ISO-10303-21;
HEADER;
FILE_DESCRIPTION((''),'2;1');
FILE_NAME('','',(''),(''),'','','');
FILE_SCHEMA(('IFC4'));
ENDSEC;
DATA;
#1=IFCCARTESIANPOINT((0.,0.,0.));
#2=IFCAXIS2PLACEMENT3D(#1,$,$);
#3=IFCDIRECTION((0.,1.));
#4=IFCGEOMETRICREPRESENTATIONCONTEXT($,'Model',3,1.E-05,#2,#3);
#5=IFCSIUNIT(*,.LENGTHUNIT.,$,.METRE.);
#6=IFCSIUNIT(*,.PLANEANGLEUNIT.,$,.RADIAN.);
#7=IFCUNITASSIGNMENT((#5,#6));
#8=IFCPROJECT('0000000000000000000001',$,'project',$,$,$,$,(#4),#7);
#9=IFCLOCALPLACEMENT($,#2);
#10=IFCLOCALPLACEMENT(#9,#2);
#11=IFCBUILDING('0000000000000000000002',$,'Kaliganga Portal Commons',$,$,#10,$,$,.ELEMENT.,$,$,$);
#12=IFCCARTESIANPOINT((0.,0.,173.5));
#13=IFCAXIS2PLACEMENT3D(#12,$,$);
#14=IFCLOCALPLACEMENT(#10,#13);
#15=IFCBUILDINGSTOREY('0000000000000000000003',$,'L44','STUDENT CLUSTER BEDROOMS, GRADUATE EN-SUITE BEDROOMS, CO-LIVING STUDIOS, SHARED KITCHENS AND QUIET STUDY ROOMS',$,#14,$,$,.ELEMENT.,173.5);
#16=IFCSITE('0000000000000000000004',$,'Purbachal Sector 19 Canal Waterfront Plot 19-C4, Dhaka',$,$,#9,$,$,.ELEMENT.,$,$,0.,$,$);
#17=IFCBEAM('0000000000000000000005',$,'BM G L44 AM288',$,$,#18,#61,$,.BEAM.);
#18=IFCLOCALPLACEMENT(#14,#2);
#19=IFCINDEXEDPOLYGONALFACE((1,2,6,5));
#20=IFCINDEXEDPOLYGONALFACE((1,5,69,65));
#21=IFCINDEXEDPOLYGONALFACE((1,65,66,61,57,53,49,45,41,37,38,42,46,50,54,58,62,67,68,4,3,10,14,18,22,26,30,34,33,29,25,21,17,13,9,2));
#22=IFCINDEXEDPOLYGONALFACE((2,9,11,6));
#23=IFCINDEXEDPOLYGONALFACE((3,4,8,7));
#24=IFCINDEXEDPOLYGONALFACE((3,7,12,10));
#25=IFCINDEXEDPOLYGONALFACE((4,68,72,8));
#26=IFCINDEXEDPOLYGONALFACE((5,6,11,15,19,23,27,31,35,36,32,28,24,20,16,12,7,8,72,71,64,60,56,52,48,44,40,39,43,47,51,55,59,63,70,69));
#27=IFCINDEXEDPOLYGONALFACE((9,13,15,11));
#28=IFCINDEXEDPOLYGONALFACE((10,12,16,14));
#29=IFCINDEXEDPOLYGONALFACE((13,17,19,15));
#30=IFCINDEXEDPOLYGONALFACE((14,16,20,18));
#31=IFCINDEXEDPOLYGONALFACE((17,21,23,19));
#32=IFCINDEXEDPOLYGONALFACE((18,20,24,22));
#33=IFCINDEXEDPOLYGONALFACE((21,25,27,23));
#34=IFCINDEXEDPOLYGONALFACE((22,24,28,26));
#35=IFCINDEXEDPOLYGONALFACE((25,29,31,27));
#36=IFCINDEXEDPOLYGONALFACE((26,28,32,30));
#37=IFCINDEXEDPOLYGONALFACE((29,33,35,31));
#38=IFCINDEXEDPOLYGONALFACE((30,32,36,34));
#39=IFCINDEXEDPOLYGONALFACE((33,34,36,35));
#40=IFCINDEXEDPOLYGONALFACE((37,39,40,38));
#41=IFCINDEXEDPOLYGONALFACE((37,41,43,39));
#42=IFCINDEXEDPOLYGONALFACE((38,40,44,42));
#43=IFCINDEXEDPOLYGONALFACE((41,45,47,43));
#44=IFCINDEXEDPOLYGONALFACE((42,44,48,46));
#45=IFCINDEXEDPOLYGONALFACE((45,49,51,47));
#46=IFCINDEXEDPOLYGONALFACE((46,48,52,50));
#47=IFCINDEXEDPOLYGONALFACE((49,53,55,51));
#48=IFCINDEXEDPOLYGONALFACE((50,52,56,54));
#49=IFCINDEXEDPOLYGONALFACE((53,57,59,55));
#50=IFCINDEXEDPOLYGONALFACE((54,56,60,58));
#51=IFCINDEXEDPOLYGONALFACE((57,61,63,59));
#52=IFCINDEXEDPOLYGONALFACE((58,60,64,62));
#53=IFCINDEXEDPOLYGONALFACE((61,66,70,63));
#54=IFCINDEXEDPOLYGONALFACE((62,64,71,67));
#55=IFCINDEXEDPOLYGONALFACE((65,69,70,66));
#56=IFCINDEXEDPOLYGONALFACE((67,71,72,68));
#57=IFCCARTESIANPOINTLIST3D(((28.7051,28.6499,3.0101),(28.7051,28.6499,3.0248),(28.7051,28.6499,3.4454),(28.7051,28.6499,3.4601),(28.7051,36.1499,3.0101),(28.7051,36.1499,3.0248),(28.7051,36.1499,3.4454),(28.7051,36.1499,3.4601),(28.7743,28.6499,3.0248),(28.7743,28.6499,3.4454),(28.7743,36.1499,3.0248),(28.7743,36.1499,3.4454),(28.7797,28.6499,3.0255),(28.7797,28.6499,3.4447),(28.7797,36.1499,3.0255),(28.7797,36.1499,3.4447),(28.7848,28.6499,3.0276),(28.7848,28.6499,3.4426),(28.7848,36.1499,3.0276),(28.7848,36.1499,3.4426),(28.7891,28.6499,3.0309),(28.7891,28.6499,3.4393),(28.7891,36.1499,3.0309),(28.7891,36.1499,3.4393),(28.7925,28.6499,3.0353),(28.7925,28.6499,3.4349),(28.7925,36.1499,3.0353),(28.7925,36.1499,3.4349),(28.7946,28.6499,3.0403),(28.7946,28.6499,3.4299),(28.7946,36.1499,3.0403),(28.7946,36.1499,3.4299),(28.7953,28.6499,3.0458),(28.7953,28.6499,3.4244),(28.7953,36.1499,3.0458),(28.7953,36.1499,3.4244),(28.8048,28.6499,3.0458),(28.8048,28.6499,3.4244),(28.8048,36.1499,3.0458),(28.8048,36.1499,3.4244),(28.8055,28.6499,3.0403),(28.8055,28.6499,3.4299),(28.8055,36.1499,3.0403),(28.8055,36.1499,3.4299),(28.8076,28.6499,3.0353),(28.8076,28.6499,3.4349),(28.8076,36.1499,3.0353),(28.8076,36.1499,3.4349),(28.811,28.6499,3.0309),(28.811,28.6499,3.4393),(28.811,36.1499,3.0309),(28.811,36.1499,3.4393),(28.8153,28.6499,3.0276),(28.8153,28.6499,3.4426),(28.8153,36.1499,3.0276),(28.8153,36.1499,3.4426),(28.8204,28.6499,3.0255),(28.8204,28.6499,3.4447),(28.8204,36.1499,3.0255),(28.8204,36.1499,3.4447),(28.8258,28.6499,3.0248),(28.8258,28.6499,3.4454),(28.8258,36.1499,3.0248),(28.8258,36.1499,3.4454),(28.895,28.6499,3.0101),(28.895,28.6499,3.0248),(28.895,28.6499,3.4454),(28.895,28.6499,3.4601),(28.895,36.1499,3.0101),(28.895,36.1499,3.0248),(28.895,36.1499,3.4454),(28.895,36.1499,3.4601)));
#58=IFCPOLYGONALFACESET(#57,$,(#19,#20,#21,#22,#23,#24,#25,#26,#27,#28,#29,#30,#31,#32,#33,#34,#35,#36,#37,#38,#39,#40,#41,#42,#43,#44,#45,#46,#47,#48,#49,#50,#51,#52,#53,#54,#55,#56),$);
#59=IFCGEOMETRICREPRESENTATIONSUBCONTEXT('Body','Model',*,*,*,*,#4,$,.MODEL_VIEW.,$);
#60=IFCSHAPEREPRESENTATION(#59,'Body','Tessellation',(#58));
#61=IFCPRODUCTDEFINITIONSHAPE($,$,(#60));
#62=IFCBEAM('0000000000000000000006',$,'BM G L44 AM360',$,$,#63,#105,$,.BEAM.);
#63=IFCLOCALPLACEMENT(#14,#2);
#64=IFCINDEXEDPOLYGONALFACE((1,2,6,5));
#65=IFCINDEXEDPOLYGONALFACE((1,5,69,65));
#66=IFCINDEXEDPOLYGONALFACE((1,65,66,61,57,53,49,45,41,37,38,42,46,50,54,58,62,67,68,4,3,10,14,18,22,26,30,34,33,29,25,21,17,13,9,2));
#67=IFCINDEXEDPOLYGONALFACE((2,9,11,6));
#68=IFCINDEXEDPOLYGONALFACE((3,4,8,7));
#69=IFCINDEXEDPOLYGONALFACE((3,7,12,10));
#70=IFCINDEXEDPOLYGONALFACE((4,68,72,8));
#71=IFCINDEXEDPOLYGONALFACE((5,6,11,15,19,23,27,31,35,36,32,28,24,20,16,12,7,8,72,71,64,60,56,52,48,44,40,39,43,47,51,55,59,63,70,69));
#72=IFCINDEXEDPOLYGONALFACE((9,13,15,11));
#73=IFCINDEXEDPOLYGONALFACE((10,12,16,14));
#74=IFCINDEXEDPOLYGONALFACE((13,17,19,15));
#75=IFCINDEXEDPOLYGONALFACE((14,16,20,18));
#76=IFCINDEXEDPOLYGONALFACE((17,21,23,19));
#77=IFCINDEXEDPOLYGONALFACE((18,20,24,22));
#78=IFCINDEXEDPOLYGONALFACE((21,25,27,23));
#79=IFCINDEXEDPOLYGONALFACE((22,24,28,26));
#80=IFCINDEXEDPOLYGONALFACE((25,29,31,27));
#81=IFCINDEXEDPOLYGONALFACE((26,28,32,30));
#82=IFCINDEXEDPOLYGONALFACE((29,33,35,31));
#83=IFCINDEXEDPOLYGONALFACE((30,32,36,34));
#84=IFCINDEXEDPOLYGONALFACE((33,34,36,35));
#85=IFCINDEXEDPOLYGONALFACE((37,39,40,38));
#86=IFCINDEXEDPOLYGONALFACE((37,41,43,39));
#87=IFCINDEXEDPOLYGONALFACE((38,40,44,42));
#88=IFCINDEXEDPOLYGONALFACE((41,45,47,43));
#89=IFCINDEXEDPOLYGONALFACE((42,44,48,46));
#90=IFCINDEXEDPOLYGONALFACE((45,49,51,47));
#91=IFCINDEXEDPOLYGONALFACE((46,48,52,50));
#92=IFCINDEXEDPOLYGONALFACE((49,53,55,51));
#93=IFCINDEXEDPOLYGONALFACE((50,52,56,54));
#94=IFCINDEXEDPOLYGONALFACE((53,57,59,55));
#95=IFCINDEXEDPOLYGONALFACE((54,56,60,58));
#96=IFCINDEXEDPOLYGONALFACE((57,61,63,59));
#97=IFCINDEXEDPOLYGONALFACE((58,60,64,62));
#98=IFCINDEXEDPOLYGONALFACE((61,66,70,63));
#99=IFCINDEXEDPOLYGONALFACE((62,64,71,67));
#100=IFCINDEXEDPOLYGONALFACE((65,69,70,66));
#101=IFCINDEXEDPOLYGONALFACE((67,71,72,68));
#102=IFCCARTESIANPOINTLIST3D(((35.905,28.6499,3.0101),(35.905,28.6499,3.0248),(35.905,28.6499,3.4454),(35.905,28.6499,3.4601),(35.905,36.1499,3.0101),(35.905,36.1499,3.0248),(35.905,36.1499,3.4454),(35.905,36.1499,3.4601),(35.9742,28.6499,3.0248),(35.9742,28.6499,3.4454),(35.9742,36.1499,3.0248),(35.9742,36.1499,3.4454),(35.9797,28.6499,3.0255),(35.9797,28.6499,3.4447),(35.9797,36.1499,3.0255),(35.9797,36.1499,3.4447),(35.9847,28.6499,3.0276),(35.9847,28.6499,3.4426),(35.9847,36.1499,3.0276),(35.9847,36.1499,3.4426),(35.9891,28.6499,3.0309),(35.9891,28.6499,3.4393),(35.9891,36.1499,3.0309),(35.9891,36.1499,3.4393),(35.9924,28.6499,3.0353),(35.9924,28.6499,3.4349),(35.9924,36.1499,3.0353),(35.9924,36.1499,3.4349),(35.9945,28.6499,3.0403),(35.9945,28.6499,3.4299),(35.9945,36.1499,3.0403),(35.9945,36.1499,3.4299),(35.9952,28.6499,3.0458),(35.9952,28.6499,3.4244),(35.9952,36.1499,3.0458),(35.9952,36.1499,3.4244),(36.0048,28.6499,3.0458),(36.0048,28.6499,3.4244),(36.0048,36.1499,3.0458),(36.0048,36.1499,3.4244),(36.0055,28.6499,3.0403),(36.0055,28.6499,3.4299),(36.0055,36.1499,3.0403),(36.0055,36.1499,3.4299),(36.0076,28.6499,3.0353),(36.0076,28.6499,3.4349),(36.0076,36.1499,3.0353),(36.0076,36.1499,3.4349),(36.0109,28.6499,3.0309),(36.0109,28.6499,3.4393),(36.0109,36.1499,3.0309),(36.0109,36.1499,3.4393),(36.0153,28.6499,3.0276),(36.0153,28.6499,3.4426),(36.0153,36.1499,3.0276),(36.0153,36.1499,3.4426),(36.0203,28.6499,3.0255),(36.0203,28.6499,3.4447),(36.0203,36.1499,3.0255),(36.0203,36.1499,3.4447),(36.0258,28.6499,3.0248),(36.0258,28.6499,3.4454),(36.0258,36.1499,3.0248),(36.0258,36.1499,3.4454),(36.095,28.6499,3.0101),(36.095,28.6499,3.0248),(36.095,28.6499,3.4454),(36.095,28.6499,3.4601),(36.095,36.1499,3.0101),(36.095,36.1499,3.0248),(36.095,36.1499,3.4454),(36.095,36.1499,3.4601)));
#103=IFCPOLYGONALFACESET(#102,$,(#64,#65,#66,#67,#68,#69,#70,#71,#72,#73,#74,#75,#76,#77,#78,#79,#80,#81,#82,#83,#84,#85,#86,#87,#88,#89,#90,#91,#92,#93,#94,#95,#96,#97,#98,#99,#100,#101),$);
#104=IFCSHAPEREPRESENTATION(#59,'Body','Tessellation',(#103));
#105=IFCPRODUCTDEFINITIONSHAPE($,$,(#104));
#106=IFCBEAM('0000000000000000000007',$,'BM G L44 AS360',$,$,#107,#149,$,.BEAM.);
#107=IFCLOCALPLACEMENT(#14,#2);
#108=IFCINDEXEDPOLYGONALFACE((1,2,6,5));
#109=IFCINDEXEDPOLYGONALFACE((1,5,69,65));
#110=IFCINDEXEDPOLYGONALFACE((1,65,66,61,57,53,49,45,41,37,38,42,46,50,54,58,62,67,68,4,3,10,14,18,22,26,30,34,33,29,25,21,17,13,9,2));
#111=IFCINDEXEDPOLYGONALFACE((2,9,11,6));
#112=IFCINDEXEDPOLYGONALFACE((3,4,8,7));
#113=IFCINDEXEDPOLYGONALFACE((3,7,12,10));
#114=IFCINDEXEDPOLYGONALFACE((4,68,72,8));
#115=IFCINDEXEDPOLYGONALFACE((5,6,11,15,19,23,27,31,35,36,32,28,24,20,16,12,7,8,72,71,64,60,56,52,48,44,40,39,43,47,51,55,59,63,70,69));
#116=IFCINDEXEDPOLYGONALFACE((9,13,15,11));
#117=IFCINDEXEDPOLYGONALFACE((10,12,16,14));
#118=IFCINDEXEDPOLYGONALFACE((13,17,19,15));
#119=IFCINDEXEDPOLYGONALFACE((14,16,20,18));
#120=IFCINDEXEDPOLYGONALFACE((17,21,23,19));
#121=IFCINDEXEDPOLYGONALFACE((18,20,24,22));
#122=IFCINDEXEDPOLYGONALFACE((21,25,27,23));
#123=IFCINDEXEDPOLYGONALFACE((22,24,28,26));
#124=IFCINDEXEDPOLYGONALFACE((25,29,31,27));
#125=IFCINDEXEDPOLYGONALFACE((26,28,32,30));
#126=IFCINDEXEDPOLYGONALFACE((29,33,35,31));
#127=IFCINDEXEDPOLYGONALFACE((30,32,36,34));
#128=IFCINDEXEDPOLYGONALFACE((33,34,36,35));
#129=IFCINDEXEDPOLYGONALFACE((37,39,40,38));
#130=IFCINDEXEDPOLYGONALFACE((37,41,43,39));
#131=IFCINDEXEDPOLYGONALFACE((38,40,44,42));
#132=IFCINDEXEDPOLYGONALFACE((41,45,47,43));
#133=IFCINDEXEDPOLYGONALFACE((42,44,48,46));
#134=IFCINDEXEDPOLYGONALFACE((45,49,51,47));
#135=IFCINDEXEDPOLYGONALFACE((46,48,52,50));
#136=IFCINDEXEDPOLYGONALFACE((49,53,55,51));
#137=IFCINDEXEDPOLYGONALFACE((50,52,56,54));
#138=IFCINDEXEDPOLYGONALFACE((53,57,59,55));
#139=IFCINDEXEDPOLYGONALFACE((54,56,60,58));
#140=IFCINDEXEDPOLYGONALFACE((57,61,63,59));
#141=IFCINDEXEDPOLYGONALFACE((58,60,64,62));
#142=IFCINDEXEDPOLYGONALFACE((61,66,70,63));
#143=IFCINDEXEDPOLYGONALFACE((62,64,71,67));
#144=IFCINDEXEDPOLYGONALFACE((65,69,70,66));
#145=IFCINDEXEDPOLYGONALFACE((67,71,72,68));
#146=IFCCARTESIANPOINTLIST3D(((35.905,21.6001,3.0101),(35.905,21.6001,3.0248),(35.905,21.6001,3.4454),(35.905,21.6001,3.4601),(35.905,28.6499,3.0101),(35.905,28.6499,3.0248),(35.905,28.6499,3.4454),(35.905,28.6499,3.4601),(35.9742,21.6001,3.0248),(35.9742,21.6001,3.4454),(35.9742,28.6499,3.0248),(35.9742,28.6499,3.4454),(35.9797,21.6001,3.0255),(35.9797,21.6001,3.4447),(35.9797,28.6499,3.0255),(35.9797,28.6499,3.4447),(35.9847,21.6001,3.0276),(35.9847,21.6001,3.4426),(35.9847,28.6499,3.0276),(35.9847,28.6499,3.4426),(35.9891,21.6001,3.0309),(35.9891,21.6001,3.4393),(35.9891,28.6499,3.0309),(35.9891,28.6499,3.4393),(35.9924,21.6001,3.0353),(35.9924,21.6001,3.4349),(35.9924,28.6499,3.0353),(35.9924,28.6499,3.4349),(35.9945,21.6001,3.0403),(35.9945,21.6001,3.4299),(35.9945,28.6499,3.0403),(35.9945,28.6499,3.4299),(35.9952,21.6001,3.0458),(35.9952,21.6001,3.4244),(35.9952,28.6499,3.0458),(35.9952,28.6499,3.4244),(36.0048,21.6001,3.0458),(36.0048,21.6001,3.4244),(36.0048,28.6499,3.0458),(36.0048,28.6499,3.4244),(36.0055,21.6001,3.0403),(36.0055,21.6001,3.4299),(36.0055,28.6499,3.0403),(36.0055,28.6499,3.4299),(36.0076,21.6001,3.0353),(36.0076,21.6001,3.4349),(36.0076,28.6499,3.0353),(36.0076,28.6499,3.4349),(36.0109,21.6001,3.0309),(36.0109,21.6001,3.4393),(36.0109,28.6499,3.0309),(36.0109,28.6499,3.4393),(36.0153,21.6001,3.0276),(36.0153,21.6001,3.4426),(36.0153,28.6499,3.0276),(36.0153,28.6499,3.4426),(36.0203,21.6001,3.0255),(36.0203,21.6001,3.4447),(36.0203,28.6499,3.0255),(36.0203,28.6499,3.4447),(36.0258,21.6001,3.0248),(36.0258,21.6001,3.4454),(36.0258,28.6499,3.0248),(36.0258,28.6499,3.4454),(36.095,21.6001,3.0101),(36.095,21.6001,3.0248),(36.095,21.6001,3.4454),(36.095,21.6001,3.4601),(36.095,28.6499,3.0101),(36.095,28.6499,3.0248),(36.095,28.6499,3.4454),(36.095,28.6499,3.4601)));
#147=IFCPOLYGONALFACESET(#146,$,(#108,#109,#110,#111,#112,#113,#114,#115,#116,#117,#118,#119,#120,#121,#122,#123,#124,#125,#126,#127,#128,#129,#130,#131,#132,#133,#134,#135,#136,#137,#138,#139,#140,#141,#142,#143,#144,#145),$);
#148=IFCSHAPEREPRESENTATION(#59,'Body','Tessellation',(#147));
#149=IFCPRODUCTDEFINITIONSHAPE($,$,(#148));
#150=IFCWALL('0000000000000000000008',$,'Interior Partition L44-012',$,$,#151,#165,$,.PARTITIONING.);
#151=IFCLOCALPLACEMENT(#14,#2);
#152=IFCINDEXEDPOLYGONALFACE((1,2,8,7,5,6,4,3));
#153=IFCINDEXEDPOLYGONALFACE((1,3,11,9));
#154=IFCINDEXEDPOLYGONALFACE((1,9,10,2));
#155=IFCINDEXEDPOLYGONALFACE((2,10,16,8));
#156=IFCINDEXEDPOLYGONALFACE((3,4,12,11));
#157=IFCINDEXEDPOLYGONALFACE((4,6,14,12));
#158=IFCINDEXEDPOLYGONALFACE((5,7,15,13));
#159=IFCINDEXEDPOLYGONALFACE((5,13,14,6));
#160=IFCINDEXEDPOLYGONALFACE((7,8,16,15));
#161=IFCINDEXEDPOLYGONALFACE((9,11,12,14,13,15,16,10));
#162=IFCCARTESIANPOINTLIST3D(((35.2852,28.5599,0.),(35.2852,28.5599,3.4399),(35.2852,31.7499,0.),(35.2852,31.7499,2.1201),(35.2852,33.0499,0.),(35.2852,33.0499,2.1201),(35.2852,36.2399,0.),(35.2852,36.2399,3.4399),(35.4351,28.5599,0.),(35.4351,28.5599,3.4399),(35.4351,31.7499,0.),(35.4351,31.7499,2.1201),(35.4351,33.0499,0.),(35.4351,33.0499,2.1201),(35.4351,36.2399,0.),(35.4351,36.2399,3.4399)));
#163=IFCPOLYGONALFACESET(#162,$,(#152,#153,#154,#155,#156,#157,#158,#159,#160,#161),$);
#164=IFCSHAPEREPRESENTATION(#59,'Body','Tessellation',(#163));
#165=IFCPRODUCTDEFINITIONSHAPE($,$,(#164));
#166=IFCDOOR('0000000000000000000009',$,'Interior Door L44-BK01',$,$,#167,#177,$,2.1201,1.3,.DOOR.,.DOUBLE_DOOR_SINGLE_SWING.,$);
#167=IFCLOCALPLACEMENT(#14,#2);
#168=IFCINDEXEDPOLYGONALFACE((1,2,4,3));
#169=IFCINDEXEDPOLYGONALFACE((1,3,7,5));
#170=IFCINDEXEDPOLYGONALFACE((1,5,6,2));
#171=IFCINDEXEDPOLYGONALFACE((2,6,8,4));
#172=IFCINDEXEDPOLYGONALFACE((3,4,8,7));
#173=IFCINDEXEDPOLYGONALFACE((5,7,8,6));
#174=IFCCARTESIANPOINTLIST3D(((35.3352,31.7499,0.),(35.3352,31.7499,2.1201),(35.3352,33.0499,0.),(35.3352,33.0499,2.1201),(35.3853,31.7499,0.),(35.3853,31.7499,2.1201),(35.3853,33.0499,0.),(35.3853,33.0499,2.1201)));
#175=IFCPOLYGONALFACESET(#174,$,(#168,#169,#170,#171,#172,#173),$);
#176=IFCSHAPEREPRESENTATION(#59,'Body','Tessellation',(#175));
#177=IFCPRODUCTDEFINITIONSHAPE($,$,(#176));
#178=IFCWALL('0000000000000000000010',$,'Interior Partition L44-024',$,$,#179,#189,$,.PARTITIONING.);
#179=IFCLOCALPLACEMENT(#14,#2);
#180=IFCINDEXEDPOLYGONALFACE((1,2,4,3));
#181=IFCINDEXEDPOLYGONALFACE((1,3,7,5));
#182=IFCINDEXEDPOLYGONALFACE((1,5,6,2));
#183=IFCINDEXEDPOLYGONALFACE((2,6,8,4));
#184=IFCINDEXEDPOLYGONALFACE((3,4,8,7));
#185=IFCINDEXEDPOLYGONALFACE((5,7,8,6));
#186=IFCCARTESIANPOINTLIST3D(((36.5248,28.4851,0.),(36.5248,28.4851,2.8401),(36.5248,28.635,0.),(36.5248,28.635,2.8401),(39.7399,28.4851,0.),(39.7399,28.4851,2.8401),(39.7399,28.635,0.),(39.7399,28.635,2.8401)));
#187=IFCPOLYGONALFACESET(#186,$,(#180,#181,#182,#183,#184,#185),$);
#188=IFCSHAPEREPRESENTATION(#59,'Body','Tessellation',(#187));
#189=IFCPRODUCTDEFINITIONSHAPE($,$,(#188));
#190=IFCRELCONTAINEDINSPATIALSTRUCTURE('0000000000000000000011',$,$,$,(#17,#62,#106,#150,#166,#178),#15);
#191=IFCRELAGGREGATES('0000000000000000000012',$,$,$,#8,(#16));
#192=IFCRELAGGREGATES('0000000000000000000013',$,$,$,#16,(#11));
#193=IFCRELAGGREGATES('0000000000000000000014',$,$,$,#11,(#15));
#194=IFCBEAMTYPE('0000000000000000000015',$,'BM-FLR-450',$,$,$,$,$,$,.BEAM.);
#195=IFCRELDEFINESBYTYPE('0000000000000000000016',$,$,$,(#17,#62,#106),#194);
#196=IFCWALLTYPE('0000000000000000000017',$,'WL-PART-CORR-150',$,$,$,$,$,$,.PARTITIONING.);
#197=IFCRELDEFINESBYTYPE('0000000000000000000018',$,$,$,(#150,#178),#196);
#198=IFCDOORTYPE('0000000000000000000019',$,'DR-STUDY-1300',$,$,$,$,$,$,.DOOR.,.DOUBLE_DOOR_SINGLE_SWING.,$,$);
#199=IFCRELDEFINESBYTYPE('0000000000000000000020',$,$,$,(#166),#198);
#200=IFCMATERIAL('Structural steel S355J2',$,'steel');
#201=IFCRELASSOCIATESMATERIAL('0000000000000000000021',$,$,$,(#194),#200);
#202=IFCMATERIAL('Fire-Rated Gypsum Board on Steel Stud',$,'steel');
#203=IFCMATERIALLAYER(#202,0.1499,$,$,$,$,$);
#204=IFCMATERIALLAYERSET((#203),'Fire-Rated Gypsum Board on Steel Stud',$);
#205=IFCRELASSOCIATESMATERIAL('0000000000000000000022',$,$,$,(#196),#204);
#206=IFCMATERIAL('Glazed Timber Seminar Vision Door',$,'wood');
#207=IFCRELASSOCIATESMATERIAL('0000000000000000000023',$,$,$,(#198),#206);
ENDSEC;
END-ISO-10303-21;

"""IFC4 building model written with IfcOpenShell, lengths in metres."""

from ifc_helpers import new_model, si_unit, direction, frame, frame_2d, origin, origin_2d, place, context, subcontext, project, spatial, rectangle, i_section, extrude, source, transform, mapped, material, layer, layer_set, material_profile, profile_set, type_object, element, fill, save


model = new_model("IFC4")

# Units and contexts
model_context = context("Model", 3, precision=1e-05, world=origin(), true_north=direction((0.0, 1.0)))
body_context = subcontext(model_context, "Body", "Model", "MODEL_VIEW")
ifc_project = project(units=[si_unit("LENGTHUNIT", "METRE"), si_unit("PLANEANGLEUNIT", "RADIAN")], contexts=[model_context])

# Site, building, storey
site_placement = place(None, origin())
site = spatial("IfcSite", under=ifc_project, at=site_placement, Name="Purbachal Sector 19 Canal Waterfront Plot 19-C4, Dhaka", CompositionType="ELEMENT", RefElevation=0.0)
building_placement = place(site_placement, origin())
building = spatial("IfcBuilding", under=site, at=building_placement, Name="Kaliganga Portal Commons", CompositionType="ELEMENT")
storey_placement = place(building_placement, frame((0.0, 0.0, 173.5)))
storey = spatial("IfcBuildingStorey", under=building, at=storey_placement, Name="L44", Description="STUDENT CLUSTER BEDROOMS, GRADUATE EN-SUITE BEDROOMS, CO-LIVING STUDIOS, SHARED KITCHENS AND QUIET STUDY ROOMS", CompositionType="ELEMENT", Elevation=173.5)

# Beams
ifc_material_1 = material(Name="Structural steel S355J2", Category="steel")
ifc_material_profile_1 = material_profile(ifc_material_1, i_section(OverallWidth=0.1899, OverallDepth=0.45, WebThickness=0.0095, FlangeThickness=0.0146, FilletRadius=0.021, at=origin_2d()), Name="IPE 450")
ifc_profile_set_1 = profile_set([ifc_material_profile_1], Name="Structural steel S355J2 wide-flange")
beam_type_1 = type_object("IfcBeamType", Name="BM-FLR-450", PredefinedType="BEAM", material=ifc_profile_set_1)
shared_shape_1 = source(origin(), body_context, "Body", "SweptSolid", [
    extrude(i_section(OverallWidth=0.1899, OverallDepth=0.45, WebThickness=0.0095, FlangeThickness=0.0146, FilletRadius=0.021, at=origin_2d()), origin(), (0.0, 0.0, 1.0), 7.5),
])
for number, where, z_axis, x_axis, name in (
    (1, (28.8, 28.6499, 3.2351), (0.0, 1.0, 0.0), (-1.0, 0.0, 0.0), "BM G L44 AM288"),
    (2, (36.0, 28.6499, 3.2351), (0.0, 1.0, 0.0), (-1.0, 0.0, 0.0), "BM G L44 AM360"),
):
    element("IfcBeam", number, at=place(storey_placement, frame(where, z_axis=z_axis, x_axis=x_axis)), inside=storey, type_object=beam_type_1, Name=name, PredefinedType="BEAM", context=body_context, shape_type="MappedRepresentation", body=[
        mapped(shared_shape_1, transform((0.0, 0.0, 0.0), x_axis=(1.0, 0.0, 0.0), y_axis=(0.0, 1.0, 0.0), z_axis=(0.0, 0.0, 1.0), scale=1.0)),
    ])
shared_shape_2 = source(origin(), body_context, "Body", "SweptSolid", [
    extrude(i_section(OverallWidth=0.1899, OverallDepth=0.45, WebThickness=0.0095, FlangeThickness=0.0146, FilletRadius=0.021, at=origin_2d()), origin(), (0.0, 0.0, 1.0), 7.0498),
])
beam_1_placement = place(storey_placement, frame((36.0, 21.6001, 3.2351), z_axis=(0.0, 1.0, 0.0), x_axis=(-1.0, 0.0, 0.0)))
element("IfcBeam", 3, at=beam_1_placement, inside=storey, type_object=beam_type_1, Name="BM G L44 AS360", PredefinedType="BEAM", context=body_context, shape_type="MappedRepresentation", body=[
    mapped(shared_shape_2, transform((0.0, 0.0, 0.0), x_axis=(1.0, 0.0, 0.0), y_axis=(0.0, 1.0, 0.0), z_axis=(0.0, 0.0, 1.0), scale=1.0)),
])

# Wall, opening, door
ifc_material_2 = material(Name="Fire-Rated Gypsum Board on Steel Stud", Category="steel")
ifc_layer_1 = layer(ifc_material_2, 0.1499)
ifc_layer_set_1 = layer_set([ifc_layer_1], Name="Fire-Rated Gypsum Board on Steel Stud")
wall_type_1 = type_object("IfcWallType", Name="WL-PART-CORR-150", PredefinedType="PARTITIONING", material=ifc_layer_set_1)
wall_1_placement = place(storey_placement, frame((35.3601, 28.5601, 0.0), z_axis=(0.0, 0.0, 1.0), x_axis=(0.0, 1.0, 0.0)))
wall_1 = element("IfcWall", 4, at=wall_1_placement, inside=storey, type_object=wall_type_1, Name="Interior Partition L44-012", PredefinedType="PARTITIONING", context=body_context, shape_type="SweptSolid", body=[
    extrude(rectangle(XDim=7.6799, YDim=0.1499, at=frame_2d((3.8398, 0.0))), origin(), (0.0, 0.0, 1.0), 3.4399),
])
opening_1_placement = place(wall_1_placement, frame((3.1899, 0.0, 0.0)))
opening_1 = element("IfcOpeningElement", 5, at=opening_1_placement, cuts=wall_1, PredefinedType="OPENING", context=body_context, shape_type="SweptSolid", body=[
    extrude(rectangle(XDim=1.3, YDim=2.1201, at=frame_2d((0.6499, 1.0601))), frame((0.0, 0.085, 0.0), z_axis=(0.0, -1.0, 0.0), x_axis=(1.0, 0.0, 0.0)), (0.0, 0.0, 1.0), 0.1699),
])
ifc_material_3 = material(Name="Glazed Timber Seminar Vision Door", Category="wood")
door_type_1 = type_object("IfcDoorType", Name="DR-STUDY-1300", OperationType="DOUBLE_DOOR_SINGLE_SWING", PredefinedType="DOOR", material=ifc_material_3)
door_1_placement = place(opening_1_placement, origin())
door_1 = element("IfcDoor", 6, at=door_1_placement, inside=storey, type_object=door_type_1, Name="Interior Door L44-BK01", OperationType="DOUBLE_DOOR_SINGLE_SWING", OverallHeight=2.1201, OverallWidth=1.3, PredefinedType="DOOR", context=body_context, shape_type="SweptSolid", body=[
    extrude(rectangle(XDim=1.3, YDim=2.1201, at=frame_2d((0.6499, 1.0601))), frame((0.0, 0.0249, 0.0), z_axis=(0.0, -1.0, 0.0), x_axis=(1.0, 0.0, 0.0)), (0.0, 0.0, 1.0), 0.05),
])
fill(opening_1, door_1)

# Wall
wall_2_placement = place(storey_placement, frame((36.5249, 28.5601, 0.0), z_axis=(0.0, 0.0, 1.0), x_axis=(1.0, 0.0, 0.0)))
element("IfcWall", 7, at=wall_2_placement, inside=storey, type_object=wall_type_1, Name="Interior Partition L44-024", PredefinedType="PARTITIONING", context=body_context, shape_type="SweptSolid", body=[
    extrude(rectangle(XDim=3.2151, YDim=0.1499, at=frame_2d((1.6074, 0.0))), origin(), (0.0, 0.0, 1.0), 2.8401),
])

save(model, "model.ifc")
